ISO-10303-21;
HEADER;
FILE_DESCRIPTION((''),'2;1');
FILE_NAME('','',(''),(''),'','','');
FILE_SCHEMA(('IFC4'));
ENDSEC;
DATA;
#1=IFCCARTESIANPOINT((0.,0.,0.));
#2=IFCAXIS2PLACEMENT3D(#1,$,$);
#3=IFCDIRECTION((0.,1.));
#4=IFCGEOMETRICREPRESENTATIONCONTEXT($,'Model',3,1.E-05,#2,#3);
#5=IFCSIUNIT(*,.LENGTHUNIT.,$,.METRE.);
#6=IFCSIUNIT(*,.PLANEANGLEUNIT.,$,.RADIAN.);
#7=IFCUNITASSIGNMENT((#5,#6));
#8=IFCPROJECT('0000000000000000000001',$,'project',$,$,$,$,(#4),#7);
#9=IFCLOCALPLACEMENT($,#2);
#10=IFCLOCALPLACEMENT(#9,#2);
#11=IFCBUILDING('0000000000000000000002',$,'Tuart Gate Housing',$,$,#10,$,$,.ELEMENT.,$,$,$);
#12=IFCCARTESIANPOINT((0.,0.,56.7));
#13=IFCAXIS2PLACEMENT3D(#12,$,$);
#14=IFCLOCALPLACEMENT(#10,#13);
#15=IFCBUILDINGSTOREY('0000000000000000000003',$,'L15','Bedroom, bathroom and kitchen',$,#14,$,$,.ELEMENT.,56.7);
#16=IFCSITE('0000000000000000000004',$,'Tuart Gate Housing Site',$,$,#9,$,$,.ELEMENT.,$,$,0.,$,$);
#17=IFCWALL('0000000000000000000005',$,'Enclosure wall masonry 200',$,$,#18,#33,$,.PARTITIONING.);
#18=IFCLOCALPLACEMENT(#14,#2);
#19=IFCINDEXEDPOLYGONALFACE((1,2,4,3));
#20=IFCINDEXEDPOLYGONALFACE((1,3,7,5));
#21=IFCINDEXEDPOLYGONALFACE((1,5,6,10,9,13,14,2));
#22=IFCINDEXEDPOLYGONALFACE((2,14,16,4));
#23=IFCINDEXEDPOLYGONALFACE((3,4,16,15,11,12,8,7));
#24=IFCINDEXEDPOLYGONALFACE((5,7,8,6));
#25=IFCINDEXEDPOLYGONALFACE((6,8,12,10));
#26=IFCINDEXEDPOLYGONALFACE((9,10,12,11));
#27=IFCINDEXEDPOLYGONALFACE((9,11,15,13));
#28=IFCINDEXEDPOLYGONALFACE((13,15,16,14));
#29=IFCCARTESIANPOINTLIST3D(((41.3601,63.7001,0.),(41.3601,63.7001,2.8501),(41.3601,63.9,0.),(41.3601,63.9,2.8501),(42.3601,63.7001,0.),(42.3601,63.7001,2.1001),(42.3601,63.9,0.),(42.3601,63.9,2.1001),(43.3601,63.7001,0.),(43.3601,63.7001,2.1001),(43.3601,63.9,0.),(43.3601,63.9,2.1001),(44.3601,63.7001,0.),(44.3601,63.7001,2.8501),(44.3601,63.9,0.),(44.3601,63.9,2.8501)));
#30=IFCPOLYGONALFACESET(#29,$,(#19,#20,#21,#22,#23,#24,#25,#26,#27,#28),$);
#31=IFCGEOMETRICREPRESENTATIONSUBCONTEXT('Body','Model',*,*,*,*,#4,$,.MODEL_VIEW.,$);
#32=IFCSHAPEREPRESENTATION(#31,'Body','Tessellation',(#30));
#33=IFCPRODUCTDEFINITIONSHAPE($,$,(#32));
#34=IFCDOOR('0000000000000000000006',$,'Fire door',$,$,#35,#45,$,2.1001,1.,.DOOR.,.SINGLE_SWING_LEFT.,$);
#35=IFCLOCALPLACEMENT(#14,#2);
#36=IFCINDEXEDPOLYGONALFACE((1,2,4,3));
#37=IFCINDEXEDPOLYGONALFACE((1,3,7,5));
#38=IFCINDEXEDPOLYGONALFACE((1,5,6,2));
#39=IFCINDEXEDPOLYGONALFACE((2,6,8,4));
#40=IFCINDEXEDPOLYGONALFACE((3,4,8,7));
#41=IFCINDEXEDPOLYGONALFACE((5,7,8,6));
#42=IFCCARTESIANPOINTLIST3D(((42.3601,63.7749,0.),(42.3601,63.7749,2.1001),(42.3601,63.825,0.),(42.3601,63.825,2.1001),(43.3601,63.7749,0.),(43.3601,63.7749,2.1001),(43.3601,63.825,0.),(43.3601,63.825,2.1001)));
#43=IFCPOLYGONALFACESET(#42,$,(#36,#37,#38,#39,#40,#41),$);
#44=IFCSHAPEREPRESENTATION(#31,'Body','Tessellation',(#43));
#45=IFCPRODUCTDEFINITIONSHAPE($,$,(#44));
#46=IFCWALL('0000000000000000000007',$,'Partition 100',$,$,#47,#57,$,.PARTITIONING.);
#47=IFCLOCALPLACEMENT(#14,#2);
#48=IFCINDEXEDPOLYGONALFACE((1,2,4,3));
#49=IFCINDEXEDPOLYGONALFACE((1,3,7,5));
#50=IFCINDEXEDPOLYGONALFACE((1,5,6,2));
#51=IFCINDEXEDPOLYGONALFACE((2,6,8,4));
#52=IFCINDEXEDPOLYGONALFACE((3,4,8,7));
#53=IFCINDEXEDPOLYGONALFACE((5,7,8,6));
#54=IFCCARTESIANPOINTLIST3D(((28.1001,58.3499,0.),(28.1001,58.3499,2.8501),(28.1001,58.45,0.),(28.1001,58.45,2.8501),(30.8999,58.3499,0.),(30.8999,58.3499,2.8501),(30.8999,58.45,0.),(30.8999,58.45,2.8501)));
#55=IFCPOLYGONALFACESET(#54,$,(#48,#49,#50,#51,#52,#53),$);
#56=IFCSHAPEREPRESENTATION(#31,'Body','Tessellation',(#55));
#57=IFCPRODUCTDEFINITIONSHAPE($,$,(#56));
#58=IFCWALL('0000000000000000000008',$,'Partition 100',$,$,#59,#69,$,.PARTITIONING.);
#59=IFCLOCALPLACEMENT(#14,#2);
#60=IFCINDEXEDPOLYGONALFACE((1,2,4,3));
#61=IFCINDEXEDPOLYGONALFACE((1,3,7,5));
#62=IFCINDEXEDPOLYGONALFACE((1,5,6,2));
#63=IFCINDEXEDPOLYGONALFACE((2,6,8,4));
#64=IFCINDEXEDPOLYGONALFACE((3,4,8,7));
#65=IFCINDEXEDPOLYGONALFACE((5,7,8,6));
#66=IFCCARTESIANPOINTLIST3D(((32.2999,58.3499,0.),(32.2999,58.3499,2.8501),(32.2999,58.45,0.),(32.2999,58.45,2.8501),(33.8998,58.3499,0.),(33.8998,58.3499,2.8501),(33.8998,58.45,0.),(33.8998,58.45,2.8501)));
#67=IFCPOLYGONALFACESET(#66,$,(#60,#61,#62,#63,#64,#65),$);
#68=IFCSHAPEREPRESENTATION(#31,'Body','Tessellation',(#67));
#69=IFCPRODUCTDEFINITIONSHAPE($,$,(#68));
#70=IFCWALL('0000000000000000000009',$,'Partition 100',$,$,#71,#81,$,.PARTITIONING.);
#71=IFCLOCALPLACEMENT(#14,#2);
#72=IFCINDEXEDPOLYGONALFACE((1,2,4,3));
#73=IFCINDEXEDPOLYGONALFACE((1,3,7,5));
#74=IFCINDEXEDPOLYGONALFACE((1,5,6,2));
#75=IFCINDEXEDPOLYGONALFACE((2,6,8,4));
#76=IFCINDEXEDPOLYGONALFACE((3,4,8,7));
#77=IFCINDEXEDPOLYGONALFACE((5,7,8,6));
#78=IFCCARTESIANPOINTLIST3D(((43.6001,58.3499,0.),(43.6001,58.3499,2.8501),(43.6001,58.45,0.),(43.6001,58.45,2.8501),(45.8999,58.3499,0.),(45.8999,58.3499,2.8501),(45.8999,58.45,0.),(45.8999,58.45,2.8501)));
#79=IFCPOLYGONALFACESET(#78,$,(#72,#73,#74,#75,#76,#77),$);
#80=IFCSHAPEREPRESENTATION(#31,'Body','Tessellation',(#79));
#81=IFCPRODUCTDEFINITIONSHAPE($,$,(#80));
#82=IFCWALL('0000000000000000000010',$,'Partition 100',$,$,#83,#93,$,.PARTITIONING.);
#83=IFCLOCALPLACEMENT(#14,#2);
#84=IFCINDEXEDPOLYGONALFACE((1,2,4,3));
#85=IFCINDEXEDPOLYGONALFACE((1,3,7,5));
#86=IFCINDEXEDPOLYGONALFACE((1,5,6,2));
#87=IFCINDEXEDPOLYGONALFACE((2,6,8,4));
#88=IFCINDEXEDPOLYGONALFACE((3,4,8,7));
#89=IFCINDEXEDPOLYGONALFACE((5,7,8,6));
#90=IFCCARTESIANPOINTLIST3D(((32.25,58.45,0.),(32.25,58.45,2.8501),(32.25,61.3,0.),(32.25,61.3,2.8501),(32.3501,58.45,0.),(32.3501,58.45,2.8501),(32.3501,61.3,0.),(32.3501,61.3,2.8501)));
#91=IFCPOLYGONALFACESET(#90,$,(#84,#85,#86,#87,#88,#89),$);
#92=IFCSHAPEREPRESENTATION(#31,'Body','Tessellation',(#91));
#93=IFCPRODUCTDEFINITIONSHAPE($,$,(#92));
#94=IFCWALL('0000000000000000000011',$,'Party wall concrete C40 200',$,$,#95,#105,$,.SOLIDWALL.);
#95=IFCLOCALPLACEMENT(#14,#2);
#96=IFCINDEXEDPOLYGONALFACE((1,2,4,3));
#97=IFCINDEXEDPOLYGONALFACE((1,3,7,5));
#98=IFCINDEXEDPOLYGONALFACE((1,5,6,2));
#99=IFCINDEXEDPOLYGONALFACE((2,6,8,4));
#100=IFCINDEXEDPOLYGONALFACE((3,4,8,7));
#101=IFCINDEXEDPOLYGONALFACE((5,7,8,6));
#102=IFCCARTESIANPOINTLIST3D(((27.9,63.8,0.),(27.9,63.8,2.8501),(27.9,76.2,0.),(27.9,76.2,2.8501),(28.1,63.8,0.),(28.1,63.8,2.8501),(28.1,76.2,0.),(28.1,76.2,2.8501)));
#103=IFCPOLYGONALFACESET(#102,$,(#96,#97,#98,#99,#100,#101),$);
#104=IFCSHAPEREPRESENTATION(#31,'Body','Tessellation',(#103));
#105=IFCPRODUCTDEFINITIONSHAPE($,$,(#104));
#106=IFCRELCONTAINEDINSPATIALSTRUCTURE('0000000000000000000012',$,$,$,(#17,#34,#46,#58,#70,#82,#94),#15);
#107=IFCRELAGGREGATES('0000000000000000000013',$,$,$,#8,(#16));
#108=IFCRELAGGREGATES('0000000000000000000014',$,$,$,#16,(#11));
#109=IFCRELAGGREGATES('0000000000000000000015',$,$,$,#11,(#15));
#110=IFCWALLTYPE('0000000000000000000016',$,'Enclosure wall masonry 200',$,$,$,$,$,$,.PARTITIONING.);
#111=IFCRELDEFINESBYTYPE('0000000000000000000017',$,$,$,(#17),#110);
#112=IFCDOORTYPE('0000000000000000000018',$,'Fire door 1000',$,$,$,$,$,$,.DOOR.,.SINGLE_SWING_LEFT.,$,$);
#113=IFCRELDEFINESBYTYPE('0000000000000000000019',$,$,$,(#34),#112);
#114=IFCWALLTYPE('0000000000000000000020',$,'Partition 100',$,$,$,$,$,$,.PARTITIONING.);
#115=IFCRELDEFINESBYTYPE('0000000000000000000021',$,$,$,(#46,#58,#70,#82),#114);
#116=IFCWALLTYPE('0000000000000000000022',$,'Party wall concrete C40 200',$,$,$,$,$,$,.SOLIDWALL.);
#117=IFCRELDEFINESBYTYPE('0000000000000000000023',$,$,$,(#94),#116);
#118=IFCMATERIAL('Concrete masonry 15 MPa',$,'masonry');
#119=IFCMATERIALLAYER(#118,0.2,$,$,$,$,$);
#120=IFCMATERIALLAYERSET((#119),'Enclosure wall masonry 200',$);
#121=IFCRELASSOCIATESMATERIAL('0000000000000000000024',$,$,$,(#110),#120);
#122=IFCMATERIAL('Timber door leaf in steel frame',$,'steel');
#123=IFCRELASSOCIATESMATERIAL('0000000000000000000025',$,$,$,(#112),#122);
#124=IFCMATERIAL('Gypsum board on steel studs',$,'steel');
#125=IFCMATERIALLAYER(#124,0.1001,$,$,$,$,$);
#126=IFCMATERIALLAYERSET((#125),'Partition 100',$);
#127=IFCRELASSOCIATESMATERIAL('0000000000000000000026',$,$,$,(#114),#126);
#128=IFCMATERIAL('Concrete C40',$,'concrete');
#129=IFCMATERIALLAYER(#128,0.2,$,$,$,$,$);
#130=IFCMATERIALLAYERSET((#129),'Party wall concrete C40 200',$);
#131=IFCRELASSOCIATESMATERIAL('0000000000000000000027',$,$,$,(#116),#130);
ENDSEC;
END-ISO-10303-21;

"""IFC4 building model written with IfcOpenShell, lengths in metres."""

from ifc_helpers import new_model, si_unit, direction, frame, frame_2d, origin, place, context, subcontext, project, spatial, rectangle, extrude, material, layer, layer_set, type_object, element, fill, save


model = new_model("IFC4")

# Units and contexts
model_context = context("Model", 3, precision=1e-05, world=origin(), true_north=direction((0.0, 1.0)))
body_context = subcontext(model_context, "Body", "Model", "MODEL_VIEW")
ifc_project = project(units=[si_unit("LENGTHUNIT", "METRE"), si_unit("PLANEANGLEUNIT", "RADIAN")], contexts=[model_context])

# Site, building, storey
site_placement = place(None, origin())
site = spatial("IfcSite", under=ifc_project, at=site_placement, Name="Tuart Gate Housing Site", CompositionType="ELEMENT", RefElevation=0.0)
building_placement = place(site_placement, origin())
building = spatial("IfcBuilding", under=site, at=building_placement, Name="Tuart Gate Housing", CompositionType="ELEMENT")
storey_placement = place(building_placement, frame((0.0, 0.0, 56.7)))
storey = spatial("IfcBuildingStorey", under=building, at=storey_placement, Name="L15", Description="Bedroom, bathroom and kitchen", CompositionType="ELEMENT", Elevation=56.7)

# Wall, opening, door
ifc_material_1 = material(Name="Concrete masonry 15 MPa", Category="masonry")
ifc_layer_1 = layer(ifc_material_1, 0.2)
ifc_layer_set_1 = layer_set([ifc_layer_1], Name="Enclosure wall masonry 200")
wall_type_1 = type_object("IfcWallType", Name="Enclosure wall masonry 200", PredefinedType="PARTITIONING", material=ifc_layer_set_1)
wall_1_placement = place(storey_placement, frame((41.3601, 63.8, 0.0), z_axis=(0.0, 0.0, 1.0), x_axis=(1.0, 0.0, 0.0)))
wall_1 = element("IfcWall", 1, at=wall_1_placement, inside=storey, type_object=wall_type_1, Name="Enclosure wall masonry 200", PredefinedType="PARTITIONING", context=body_context, shape_type="SweptSolid", body=[
    extrude(rectangle(XDim=3.0, YDim=0.2, at=frame_2d((1.5, 0.0))), origin(), (0.0, 0.0, 1.0), 2.8501),
])
opening_1_placement = place(wall_1_placement, frame((1.0, 0.0, 0.0)))
opening_1 = element("IfcOpeningElement", 2, at=opening_1_placement, cuts=wall_1, PredefinedType="OPENING", context=body_context, shape_type="SweptSolid", body=[
    extrude(rectangle(XDim=1.0, YDim=2.1001, at=frame_2d((0.5, 1.05))), frame((0.0, 0.1099, 0.0), z_axis=(0.0, -1.0, 0.0), x_axis=(1.0, 0.0, 0.0)), (0.0, 0.0, 1.0), 0.22),
])
ifc_material_2 = material(Name="Timber door leaf in steel frame", Category="steel")
door_type_1 = type_object("IfcDoorType", Name="Fire door 1000", OperationType="SINGLE_SWING_LEFT", PredefinedType="DOOR", material=ifc_material_2)
door_1_placement = place(opening_1_placement, frame((1.0, 0.0, 0.0), z_axis=(0.0, 0.0, 1.0), x_axis=(-1.0, 0.0, 0.0)))
door_1 = element("IfcDoor", 3, at=door_1_placement, inside=storey, type_object=door_type_1, Name="Fire door", OperationType="SINGLE_SWING_LEFT", OverallHeight=2.1001, OverallWidth=1.0, PredefinedType="DOOR", context=body_context, shape_type="SweptSolid", body=[
    extrude(rectangle(XDim=1.0, YDim=2.1001, at=frame_2d((0.5, 1.05))), frame((0.0, 0.0251, 0.0), z_axis=(0.0, -1.0, 0.0), x_axis=(1.0, 0.0, 0.0)), (0.0, 0.0, 1.0), 0.05),
])
fill(opening_1, door_1)

# Walls
ifc_material_3 = material(Name="Gypsum board on steel studs", Category="steel")
ifc_layer_2 = layer(ifc_material_3, 0.1001)
ifc_layer_set_2 = layer_set([ifc_layer_2], Name="Partition 100")
wall_type_2 = type_object("IfcWallType", Name="Partition 100", PredefinedType="PARTITIONING", material=ifc_layer_set_2)
wall_2_placement = place(storey_placement, frame((28.1001, 58.3999, 0.0), z_axis=(0.0, 0.0, 1.0), x_axis=(1.0, 0.0, 0.0)))
element("IfcWall", 4, at=wall_2_placement, inside=storey, type_object=wall_type_2, Name="Partition 100", PredefinedType="PARTITIONING", context=body_context, shape_type="SweptSolid", body=[
    extrude(rectangle(XDim=2.7998, YDim=0.1001, at=frame_2d((1.3999, 0.0))), origin(), (0.0, 0.0, 1.0), 2.8501),
])
wall_3_placement = place(storey_placement, frame((32.3, 58.3999, 0.0), z_axis=(0.0, 0.0, 1.0), x_axis=(1.0, 0.0, 0.0)))
element("IfcWall", 5, at=wall_3_placement, inside=storey, type_object=wall_type_2, Name="Partition 100", PredefinedType="PARTITIONING", context=body_context, shape_type="SweptSolid", body=[
    extrude(rectangle(XDim=1.5999, YDim=0.1001, at=frame_2d((0.7998, 0.0))), origin(), (0.0, 0.0, 1.0), 2.8501),
])
wall_4_placement = place(storey_placement, frame((43.6001, 58.3999, 0.0), z_axis=(0.0, 0.0, 1.0), x_axis=(1.0, 0.0, 0.0)))
element("IfcWall", 6, at=wall_4_placement, inside=storey, type_object=wall_type_2, Name="Partition 100", PredefinedType="PARTITIONING", context=body_context, shape_type="SweptSolid", body=[
    extrude(rectangle(XDim=2.2998, YDim=0.1001, at=frame_2d((1.1499, 0.0))), origin(), (0.0, 0.0, 1.0), 2.8501),
])
wall_5_placement = place(storey_placement, frame((32.3, 58.45, 0.0), z_axis=(0.0, 0.0, 1.0), x_axis=(0.0, 1.0, 0.0)))
element("IfcWall", 7, at=wall_5_placement, inside=storey, type_object=wall_type_2, Name="Partition 100", PredefinedType="PARTITIONING", context=body_context, shape_type="SweptSolid", body=[
    extrude(rectangle(XDim=2.8501, YDim=0.1001, at=frame_2d((1.425, 0.0))), origin(), (0.0, 0.0, 1.0), 2.8501),
])
ifc_material_4 = material(Name="Concrete C40", Category="concrete")
ifc_layer_3 = layer(ifc_material_4, 0.2)
ifc_layer_set_3 = layer_set([ifc_layer_3], Name="Party wall concrete C40 200")
wall_type_3 = type_object("IfcWallType", Name="Party wall concrete C40 200", PredefinedType="SOLIDWALL", material=ifc_layer_set_3)
wall_6_placement = place(storey_placement, frame((28.0, 63.8, 0.0), z_axis=(0.0, 0.0, 1.0), x_axis=(0.0, 1.0, 0.0)))
element("IfcWall", 8, at=wall_6_placement, inside=storey, type_object=wall_type_3, Name="Party wall concrete C40 200", PredefinedType="SOLIDWALL", context=body_context, shape_type="SweptSolid", body=[
    extrude(rectangle(XDim=12.3999, YDim=0.2, at=frame_2d((6.2, 0.0))), origin(), (0.0, 0.0, 1.0), 2.8501),
])

save(model, "model.ifc")
